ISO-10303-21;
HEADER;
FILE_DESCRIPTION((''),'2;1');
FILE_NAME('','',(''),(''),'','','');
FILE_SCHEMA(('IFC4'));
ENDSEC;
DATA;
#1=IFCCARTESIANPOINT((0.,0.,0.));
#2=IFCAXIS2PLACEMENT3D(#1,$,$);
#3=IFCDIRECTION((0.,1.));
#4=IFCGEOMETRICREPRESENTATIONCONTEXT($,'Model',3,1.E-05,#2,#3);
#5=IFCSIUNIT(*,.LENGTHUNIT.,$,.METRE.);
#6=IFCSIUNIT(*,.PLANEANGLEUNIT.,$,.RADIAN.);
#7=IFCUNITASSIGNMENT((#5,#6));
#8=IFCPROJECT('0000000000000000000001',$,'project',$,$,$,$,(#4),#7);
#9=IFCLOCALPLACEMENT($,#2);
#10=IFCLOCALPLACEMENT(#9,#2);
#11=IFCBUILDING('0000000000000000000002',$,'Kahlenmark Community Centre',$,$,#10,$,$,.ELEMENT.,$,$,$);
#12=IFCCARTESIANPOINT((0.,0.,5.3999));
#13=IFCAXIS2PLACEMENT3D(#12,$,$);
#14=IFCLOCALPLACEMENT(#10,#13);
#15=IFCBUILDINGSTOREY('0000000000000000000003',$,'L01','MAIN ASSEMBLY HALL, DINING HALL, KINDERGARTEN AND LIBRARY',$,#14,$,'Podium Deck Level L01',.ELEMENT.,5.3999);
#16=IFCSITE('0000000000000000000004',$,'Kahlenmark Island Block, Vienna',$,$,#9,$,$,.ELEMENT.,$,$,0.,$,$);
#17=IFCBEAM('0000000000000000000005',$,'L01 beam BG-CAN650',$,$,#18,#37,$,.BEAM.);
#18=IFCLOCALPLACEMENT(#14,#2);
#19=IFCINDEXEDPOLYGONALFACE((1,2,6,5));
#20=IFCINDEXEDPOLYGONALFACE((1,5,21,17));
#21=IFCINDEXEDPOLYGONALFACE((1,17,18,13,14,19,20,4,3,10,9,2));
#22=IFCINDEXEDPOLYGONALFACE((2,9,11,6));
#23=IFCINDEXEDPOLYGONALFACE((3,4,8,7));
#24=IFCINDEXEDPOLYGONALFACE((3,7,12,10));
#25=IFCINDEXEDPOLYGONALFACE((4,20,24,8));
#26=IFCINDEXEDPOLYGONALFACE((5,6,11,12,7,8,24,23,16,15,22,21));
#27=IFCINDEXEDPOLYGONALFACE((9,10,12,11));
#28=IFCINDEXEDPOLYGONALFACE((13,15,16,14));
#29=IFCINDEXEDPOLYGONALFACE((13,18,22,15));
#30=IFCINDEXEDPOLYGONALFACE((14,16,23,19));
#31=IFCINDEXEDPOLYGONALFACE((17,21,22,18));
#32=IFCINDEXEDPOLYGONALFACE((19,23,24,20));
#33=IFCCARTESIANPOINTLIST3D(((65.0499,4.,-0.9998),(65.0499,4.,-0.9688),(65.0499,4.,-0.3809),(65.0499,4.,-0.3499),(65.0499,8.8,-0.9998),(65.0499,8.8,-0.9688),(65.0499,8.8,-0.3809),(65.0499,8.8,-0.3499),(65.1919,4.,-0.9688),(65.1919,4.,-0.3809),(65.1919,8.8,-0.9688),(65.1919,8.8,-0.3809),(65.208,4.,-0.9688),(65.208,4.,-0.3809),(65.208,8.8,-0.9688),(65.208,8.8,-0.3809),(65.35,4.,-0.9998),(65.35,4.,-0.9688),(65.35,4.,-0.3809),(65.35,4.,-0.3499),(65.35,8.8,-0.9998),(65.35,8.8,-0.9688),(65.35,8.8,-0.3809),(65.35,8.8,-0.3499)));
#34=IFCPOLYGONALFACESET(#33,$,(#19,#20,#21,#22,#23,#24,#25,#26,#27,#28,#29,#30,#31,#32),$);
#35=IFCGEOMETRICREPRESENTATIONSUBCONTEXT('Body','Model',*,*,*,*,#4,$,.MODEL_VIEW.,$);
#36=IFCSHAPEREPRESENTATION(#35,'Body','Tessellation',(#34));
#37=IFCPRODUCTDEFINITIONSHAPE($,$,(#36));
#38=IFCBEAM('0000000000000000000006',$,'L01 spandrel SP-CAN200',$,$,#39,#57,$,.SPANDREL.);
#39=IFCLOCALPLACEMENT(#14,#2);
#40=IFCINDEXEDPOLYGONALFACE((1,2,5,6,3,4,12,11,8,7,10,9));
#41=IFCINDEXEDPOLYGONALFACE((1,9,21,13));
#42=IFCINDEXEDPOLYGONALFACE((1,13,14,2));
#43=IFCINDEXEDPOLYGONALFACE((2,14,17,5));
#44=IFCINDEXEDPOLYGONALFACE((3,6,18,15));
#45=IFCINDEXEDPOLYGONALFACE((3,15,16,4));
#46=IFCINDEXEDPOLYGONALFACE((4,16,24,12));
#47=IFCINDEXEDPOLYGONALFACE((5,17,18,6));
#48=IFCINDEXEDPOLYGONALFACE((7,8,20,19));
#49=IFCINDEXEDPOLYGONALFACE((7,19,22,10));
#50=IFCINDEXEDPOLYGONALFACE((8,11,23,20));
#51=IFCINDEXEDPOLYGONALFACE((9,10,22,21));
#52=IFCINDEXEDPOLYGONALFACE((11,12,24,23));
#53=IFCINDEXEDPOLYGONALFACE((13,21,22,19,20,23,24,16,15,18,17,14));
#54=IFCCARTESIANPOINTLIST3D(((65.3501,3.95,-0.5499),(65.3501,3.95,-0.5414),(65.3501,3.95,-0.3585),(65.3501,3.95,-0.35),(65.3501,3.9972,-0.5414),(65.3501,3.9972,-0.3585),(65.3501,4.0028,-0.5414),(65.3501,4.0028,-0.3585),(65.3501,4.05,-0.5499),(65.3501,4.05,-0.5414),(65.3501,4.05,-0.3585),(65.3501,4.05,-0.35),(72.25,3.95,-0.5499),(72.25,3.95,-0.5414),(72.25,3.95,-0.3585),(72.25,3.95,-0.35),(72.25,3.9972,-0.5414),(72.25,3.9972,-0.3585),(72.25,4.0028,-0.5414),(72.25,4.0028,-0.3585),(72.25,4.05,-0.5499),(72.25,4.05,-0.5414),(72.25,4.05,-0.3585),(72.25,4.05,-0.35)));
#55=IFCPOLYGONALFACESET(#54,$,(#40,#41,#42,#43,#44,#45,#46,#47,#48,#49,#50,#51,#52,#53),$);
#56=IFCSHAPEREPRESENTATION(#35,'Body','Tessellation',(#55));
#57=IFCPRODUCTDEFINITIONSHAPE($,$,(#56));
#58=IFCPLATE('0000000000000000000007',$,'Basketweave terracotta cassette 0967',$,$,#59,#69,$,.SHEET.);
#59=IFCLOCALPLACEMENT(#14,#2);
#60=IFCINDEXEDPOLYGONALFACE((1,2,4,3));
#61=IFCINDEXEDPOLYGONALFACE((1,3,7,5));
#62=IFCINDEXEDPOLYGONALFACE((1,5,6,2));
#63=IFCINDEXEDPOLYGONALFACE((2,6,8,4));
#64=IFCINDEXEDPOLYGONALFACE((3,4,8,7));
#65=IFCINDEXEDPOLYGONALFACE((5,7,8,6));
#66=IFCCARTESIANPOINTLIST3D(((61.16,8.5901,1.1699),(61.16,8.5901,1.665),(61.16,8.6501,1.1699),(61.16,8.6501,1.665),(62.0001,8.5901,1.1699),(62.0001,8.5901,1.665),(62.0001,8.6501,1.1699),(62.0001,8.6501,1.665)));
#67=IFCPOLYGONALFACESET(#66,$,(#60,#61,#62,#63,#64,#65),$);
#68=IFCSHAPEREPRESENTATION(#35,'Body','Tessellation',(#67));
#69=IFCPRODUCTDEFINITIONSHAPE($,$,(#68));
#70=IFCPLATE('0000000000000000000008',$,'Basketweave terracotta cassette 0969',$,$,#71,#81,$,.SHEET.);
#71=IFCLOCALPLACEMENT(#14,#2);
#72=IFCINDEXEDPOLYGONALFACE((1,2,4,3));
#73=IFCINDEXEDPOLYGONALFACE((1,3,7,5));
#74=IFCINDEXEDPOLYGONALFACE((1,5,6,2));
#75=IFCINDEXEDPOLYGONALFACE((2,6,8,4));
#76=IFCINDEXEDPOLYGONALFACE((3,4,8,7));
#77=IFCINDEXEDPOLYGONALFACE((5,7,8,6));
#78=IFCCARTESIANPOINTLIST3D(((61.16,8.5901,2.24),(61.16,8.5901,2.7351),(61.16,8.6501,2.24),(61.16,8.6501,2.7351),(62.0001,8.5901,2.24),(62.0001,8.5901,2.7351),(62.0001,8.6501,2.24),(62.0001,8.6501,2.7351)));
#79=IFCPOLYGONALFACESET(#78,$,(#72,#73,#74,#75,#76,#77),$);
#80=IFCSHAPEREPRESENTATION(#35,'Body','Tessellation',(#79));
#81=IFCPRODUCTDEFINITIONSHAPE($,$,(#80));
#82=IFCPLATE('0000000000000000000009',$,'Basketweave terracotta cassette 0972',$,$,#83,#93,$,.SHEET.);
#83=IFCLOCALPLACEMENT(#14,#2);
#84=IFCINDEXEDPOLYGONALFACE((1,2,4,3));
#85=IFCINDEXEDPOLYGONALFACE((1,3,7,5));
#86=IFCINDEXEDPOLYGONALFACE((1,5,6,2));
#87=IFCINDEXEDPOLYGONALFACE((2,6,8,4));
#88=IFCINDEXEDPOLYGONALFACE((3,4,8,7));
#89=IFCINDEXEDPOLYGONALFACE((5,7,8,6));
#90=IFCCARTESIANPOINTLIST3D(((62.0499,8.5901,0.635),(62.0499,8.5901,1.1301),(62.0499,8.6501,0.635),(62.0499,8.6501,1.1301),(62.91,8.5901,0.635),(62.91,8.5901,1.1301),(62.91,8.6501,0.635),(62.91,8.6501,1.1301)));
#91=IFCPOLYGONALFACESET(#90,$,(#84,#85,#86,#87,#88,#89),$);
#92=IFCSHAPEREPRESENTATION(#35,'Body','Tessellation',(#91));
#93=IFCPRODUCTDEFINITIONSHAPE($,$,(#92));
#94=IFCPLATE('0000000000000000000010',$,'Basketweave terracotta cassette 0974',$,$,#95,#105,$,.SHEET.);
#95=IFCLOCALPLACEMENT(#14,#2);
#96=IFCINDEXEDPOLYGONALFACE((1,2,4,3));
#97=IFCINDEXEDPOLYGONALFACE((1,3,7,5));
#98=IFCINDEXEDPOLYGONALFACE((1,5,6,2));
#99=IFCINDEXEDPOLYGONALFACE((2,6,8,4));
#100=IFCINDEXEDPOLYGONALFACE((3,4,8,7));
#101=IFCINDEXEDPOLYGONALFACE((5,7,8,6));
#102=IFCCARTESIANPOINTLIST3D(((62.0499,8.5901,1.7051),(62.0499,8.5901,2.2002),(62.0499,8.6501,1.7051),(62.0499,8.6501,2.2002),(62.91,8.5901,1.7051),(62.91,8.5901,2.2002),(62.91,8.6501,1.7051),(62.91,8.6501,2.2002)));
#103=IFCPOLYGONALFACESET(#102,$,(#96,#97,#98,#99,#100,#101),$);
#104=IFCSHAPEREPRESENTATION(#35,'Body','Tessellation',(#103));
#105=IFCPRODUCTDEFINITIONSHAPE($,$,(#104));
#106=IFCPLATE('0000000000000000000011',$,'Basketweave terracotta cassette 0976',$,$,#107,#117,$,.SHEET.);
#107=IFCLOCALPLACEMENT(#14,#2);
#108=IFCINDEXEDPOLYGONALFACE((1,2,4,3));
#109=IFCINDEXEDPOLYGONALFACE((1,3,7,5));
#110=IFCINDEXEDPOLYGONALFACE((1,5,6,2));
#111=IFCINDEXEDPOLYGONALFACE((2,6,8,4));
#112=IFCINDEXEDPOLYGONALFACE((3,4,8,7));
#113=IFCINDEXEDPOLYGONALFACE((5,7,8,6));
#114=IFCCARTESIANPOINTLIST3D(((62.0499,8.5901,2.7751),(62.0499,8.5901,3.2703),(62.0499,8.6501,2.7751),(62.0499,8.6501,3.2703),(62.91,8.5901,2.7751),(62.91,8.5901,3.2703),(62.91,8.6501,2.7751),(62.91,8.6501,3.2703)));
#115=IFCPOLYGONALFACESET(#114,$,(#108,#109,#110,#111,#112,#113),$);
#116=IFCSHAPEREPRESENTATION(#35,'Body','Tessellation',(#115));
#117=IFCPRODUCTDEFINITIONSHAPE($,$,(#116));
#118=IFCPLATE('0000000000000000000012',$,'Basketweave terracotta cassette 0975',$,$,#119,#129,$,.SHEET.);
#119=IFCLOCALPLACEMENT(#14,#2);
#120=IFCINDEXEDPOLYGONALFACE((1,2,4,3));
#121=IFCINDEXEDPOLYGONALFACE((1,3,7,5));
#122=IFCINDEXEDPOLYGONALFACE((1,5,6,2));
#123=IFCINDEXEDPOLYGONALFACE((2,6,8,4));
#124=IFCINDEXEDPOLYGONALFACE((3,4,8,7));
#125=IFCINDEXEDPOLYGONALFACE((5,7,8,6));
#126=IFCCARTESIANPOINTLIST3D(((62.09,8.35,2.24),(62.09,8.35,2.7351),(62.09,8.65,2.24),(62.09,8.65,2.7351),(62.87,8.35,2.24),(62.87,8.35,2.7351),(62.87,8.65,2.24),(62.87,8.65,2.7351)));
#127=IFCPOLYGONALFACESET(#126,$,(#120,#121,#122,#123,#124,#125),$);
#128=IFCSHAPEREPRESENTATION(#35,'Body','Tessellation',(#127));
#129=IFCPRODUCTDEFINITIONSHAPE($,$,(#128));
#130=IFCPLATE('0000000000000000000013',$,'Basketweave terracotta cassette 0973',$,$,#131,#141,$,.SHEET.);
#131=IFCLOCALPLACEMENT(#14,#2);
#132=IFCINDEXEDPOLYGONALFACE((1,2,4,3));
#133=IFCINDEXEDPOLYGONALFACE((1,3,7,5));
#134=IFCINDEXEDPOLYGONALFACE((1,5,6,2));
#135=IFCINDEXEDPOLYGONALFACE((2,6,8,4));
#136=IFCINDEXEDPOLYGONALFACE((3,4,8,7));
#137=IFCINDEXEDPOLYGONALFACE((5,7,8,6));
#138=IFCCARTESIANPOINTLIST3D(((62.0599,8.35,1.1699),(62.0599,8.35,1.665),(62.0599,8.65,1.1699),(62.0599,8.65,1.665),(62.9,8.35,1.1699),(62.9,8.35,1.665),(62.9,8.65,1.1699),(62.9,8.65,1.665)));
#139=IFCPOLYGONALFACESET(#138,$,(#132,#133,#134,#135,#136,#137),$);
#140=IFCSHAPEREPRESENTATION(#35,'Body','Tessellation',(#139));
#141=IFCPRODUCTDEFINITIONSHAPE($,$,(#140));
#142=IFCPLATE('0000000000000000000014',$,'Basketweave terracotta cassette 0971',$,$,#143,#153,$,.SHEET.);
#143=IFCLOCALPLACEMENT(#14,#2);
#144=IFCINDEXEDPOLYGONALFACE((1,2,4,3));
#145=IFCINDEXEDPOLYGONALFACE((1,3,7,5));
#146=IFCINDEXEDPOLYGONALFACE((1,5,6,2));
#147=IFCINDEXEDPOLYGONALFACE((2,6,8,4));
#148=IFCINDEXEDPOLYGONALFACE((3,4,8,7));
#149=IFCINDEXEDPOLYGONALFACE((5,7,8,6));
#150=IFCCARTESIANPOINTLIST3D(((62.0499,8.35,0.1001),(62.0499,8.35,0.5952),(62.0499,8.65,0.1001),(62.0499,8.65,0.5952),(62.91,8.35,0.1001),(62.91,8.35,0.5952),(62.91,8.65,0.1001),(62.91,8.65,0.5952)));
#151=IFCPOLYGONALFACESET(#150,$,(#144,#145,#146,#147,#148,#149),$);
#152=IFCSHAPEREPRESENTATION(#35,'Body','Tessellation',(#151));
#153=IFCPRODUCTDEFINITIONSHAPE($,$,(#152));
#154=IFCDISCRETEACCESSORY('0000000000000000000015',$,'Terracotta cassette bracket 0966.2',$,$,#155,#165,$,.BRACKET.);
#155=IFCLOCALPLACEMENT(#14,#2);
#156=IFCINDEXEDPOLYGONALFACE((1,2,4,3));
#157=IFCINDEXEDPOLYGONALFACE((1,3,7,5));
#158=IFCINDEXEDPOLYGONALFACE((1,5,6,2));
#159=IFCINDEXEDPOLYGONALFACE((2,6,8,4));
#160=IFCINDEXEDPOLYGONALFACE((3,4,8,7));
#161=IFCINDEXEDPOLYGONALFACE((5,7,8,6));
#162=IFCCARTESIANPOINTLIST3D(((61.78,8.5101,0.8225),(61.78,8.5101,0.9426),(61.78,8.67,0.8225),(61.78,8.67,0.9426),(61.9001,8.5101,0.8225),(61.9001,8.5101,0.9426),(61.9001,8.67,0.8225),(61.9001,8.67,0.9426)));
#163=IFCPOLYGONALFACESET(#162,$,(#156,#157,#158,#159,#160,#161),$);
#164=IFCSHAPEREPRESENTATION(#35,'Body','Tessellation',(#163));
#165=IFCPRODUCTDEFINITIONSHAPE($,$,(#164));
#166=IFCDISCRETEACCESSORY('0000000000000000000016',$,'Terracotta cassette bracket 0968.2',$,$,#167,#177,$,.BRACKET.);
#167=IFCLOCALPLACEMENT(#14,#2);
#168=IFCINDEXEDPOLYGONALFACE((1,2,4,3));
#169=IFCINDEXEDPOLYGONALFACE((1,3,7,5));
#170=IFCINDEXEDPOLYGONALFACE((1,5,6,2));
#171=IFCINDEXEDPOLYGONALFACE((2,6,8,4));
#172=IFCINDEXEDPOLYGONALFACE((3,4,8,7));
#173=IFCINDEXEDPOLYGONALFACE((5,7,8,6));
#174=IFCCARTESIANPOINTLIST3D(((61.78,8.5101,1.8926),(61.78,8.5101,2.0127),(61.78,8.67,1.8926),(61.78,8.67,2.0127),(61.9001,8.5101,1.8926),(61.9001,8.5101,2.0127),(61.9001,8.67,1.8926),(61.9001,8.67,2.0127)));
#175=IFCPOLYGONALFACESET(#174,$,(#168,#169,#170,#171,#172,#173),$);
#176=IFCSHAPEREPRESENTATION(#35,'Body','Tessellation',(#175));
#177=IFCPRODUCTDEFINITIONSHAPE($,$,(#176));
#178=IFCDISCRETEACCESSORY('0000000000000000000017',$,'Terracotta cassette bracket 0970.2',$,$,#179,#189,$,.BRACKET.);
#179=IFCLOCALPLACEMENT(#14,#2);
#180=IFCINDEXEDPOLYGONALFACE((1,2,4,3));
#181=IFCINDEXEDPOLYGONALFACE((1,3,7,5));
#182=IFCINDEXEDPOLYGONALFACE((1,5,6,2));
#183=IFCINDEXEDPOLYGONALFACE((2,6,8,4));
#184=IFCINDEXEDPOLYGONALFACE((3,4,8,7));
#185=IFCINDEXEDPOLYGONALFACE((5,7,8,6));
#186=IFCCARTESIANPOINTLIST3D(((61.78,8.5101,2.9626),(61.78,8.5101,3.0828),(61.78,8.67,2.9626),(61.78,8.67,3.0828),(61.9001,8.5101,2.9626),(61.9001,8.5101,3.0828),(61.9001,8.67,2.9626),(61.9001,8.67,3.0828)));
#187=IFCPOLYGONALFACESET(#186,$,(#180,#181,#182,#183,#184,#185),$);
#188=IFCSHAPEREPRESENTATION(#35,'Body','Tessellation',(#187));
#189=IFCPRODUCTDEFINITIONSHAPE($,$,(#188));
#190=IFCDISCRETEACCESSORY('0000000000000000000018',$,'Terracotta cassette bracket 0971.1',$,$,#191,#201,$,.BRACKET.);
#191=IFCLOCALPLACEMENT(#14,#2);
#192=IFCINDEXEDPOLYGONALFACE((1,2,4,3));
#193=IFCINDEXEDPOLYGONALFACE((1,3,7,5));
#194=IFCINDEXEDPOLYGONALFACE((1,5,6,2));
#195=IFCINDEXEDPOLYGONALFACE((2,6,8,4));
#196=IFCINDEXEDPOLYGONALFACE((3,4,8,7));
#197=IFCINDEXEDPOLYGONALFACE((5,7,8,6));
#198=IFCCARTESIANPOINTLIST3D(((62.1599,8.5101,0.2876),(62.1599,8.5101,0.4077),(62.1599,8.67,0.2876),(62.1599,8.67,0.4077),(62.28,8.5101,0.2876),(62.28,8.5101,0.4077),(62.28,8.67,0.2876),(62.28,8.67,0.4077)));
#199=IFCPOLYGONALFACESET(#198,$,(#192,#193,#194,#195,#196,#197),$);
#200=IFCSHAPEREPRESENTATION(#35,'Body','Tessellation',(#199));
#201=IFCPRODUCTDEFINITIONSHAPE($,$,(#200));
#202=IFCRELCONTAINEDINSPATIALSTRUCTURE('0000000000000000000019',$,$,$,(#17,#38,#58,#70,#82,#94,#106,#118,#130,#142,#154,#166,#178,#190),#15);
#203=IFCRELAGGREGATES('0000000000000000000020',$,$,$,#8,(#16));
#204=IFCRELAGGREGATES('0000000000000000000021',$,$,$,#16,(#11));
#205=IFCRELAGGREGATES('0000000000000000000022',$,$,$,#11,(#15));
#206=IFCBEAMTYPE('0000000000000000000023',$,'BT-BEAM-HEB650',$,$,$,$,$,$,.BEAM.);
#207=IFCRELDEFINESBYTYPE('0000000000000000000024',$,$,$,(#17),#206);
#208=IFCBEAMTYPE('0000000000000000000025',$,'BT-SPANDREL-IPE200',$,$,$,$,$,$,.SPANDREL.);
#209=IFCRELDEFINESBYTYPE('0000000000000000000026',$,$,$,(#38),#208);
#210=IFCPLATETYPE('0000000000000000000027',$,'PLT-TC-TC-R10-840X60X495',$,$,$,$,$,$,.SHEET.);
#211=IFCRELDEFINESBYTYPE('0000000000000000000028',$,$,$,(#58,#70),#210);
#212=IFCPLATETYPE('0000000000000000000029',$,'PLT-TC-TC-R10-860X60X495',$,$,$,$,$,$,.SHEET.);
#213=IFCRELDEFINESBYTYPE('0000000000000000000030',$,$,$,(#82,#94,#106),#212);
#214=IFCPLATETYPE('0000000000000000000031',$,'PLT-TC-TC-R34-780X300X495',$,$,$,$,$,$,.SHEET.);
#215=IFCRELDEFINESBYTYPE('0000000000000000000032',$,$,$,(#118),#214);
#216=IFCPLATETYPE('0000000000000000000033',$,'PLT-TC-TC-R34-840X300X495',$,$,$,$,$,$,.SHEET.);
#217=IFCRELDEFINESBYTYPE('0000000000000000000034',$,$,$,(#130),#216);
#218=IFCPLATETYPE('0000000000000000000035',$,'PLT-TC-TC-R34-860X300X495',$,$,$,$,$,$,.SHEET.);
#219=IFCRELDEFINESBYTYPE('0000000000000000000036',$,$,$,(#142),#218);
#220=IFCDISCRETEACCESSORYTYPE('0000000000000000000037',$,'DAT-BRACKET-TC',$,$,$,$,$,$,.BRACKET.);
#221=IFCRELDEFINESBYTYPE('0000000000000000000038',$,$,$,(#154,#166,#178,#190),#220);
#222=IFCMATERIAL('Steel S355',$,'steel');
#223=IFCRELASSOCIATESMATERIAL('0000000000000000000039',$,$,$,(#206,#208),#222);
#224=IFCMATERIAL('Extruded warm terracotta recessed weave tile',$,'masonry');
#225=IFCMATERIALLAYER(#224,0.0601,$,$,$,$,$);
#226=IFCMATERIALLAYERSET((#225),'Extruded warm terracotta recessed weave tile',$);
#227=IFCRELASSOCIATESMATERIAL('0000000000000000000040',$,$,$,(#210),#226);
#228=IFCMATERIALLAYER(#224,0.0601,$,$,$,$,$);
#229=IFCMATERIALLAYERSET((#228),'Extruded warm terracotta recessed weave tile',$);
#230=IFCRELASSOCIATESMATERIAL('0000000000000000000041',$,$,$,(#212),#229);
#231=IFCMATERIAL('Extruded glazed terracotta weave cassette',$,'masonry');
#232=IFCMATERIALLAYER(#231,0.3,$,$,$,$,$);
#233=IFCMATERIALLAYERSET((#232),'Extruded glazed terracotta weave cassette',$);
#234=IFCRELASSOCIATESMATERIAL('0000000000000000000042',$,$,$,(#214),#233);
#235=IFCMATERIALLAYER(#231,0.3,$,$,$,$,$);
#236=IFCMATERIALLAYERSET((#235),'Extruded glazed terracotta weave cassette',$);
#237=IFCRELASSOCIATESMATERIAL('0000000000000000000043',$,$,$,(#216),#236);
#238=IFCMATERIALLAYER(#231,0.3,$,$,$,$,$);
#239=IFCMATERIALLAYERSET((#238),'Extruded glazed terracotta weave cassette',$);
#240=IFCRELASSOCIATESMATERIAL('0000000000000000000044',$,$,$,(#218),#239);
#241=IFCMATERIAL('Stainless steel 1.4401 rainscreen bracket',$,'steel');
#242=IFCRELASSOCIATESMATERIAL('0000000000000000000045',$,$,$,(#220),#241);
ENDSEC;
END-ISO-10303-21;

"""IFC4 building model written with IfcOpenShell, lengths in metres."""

from ifc_helpers import new_model, si_unit, direction, frame, origin, origin_2d, place, context, subcontext, project, spatial, rectangle, i_section, extrude, material, layer, layer_set, material_profile, profile_set, type_object, element, save


model = new_model("IFC4")

# Units and contexts
model_context = context("Model", 3, precision=1e-05, world=origin(), true_north=direction((0.0, 1.0)))
body_context = subcontext(model_context, "Body", "Model", "MODEL_VIEW")
ifc_project = project(units=[si_unit("LENGTHUNIT", "METRE"), si_unit("PLANEANGLEUNIT", "RADIAN")], contexts=[model_context])

# Site, building, storey
site_placement = place(None, origin())
site = spatial("IfcSite", under=ifc_project, at=site_placement, Name="Kahlenmark Island Block, Vienna", CompositionType="ELEMENT", RefElevation=0.0)
building_placement = place(site_placement, origin())
building = spatial("IfcBuilding", under=site, at=building_placement, Name="Kahlenmark Community Centre", CompositionType="ELEMENT")
storey_placement = place(building_placement, frame((0.0, 0.0, 5.3999)))
storey = spatial("IfcBuildingStorey", under=building, at=storey_placement, Name="L01", Description="MAIN ASSEMBLY HALL, DINING HALL, KINDERGARTEN AND LIBRARY", LongName="Podium Deck Level L01", CompositionType="ELEMENT", Elevation=5.3999)

# Beams
ifc_material_1 = material(Name="Steel S355", Category="steel")
ifc_material_profile_1 = material_profile(ifc_material_1, i_section(OverallWidth=0.3, OverallDepth=0.6499, WebThickness=0.0161, FlangeThickness=0.031, at=origin_2d()), Name="HEB 650")
ifc_profile_set_1 = profile_set([ifc_material_profile_1], Name="Steel S355")
beam_type_1 = type_object("IfcBeamType", Name="BT-BEAM-HEB650", PredefinedType="BEAM", material=ifc_profile_set_1)
beam_1_placement = place(storey_placement, frame((65.2, 4.0, -0.6748), z_axis=(0.0, 1.0, 0.0), x_axis=(-1.0, 0.0, 0.0)))
element("IfcBeam", 1, at=beam_1_placement, inside=storey, type_object=beam_type_1, Name="L01 beam BG-CAN650", PredefinedType="BEAM", context=body_context, shape_type="SweptSolid", body=[
    extrude(i_section(OverallWidth=0.3, OverallDepth=0.6499, WebThickness=0.0161, FlangeThickness=0.031, at=origin_2d()), origin(), (0.0, 0.0, 1.0), 4.8),
])
ifc_material_profile_2 = material_profile(ifc_material_1, i_section(OverallWidth=0.1001, OverallDepth=0.2, WebThickness=0.0056, FlangeThickness=0.0085, at=origin_2d()), Name="IPE 200")
ifc_profile_set_2 = profile_set([ifc_material_profile_2], Name="Steel S355")
beam_type_2 = type_object("IfcBeamType", Name="BT-SPANDREL-IPE200", PredefinedType="SPANDREL", material=ifc_profile_set_2)
beam_2_placement = place(storey_placement, frame((65.3501, 4.0, -0.45), z_axis=(1.0, 0.0, 0.0), x_axis=(0.0, 1.0, 0.0)))
element("IfcBeam", 2, at=beam_2_placement, inside=storey, type_object=beam_type_2, Name="L01 spandrel SP-CAN200", PredefinedType="SPANDREL", context=body_context, shape_type="SweptSolid", body=[
    extrude(i_section(OverallWidth=0.1001, OverallDepth=0.2, WebThickness=0.0056, FlangeThickness=0.0085, at=origin_2d()), origin(), (0.0, 0.0, 1.0), 6.8999),
])

# Plates
ifc_material_2 = material(Name="Extruded warm terracotta recessed weave tile", Category="masonry")
ifc_layer_1 = layer(ifc_material_2, 0.0601)
ifc_layer_set_1 = layer_set([ifc_layer_1], Name="Extruded warm terracotta recessed weave tile")
plate_type_1 = type_object("IfcPlateType", Name="PLT-TC-TC-R10-840X60X495", PredefinedType="SHEET", material=ifc_layer_set_1)
for number, where, z_axis, x_axis, name in (
    (3, (61.5801, 8.6201, 1.1699), (0.0, 0.0, 1.0), (1.0, 0.0, 0.0), "Basketweave terracotta cassette 0967"),
    (4, (61.5801, 8.6201, 2.24), (0.0, 0.0, 1.0), (1.0, 0.0, 0.0), "Basketweave terracotta cassette 0969"),
):
    element("IfcPlate", number, at=place(storey_placement, frame(where, z_axis=z_axis, x_axis=x_axis)), inside=storey, type_object=plate_type_1, Name=name, PredefinedType="SHEET", context=body_context, shape_type="SweptSolid", body=[
        extrude(rectangle(XDim=0.8401, YDim=0.0601, at=origin_2d()), origin(), (0.0, 0.0, 1.0), 0.4951),
    ])
ifc_layer_2 = layer(ifc_material_2, 0.0601)
ifc_layer_set_2 = layer_set([ifc_layer_2], Name="Extruded warm terracotta recessed weave tile")
plate_type_2 = type_object("IfcPlateType", Name="PLT-TC-TC-R10-860X60X495", PredefinedType="SHEET", material=ifc_layer_set_2)
for number, where, z_axis, x_axis, name in (
    (5, (62.48, 8.6201, 0.635), (0.0, 0.0, 1.0), (1.0, 0.0, 0.0), "Basketweave terracotta cassette 0972"),
    (6, (62.48, 8.6201, 1.7051), (0.0, 0.0, 1.0), (1.0, 0.0, 0.0), "Basketweave terracotta cassette 0974"),
    (7, (62.48, 8.6201, 2.7751), (0.0, 0.0, 1.0), (1.0, 0.0, 0.0), "Basketweave terracotta cassette 0976"),
):
    element("IfcPlate", number, at=place(storey_placement, frame(where, z_axis=z_axis, x_axis=x_axis)), inside=storey, type_object=plate_type_2, Name=name, PredefinedType="SHEET", context=body_context, shape_type="SweptSolid", body=[
        extrude(rectangle(XDim=0.8601, YDim=0.0601, at=origin_2d()), origin(), (0.0, 0.0, 1.0), 0.4951),
    ])
ifc_material_3 = material(Name="Extruded glazed terracotta weave cassette", Category="masonry")
ifc_layer_3 = layer(ifc_material_3, 0.3)
ifc_layer_set_3 = layer_set([ifc_layer_3], Name="Extruded glazed terracotta weave cassette")
plate_type_3 = type_object("IfcPlateType", Name="PLT-TC-TC-R34-780X300X495", PredefinedType="SHEET", material=ifc_layer_set_3)
plate_1_placement = place(storey_placement, frame((62.48, 8.5, 2.24), z_axis=(0.0, 0.0, 1.0), x_axis=(1.0, 0.0, 0.0)))
element("IfcPlate", 8, at=plate_1_placement, inside=storey, type_object=plate_type_3, Name="Basketweave terracotta cassette 0975", PredefinedType="SHEET", context=body_context, shape_type="SweptSolid", body=[
    extrude(rectangle(XDim=0.78, YDim=0.3, at=origin_2d()), origin(), (0.0, 0.0, 1.0), 0.4951),
])
ifc_layer_4 = layer(ifc_material_3, 0.3)
ifc_layer_set_4 = layer_set([ifc_layer_4], Name="Extruded glazed terracotta weave cassette")
plate_type_4 = type_object("IfcPlateType", Name="PLT-TC-TC-R34-840X300X495", PredefinedType="SHEET", material=ifc_layer_set_4)
plate_2_placement = place(storey_placement, frame((62.48, 8.5, 1.1699), z_axis=(0.0, 0.0, 1.0), x_axis=(1.0, 0.0, 0.0)))
element("IfcPlate", 9, at=plate_2_placement, inside=storey, type_object=plate_type_4, Name="Basketweave terracotta cassette 0973", PredefinedType="SHEET", context=body_context, shape_type="SweptSolid", body=[
    extrude(rectangle(XDim=0.8401, YDim=0.3, at=origin_2d()), origin(), (0.0, 0.0, 1.0), 0.4951),
])
ifc_layer_5 = layer(ifc_material_3, 0.3)
ifc_layer_set_5 = layer_set([ifc_layer_5], Name="Extruded glazed terracotta weave cassette")
plate_type_5 = type_object("IfcPlateType", Name="PLT-TC-TC-R34-860X300X495", PredefinedType="SHEET", material=ifc_layer_set_5)
plate_3_placement = place(storey_placement, frame((62.48, 8.5, 0.1001), z_axis=(0.0, 0.0, 1.0), x_axis=(1.0, 0.0, 0.0)))
element("IfcPlate", 10, at=plate_3_placement, inside=storey, type_object=plate_type_5, Name="Basketweave terracotta cassette 0971", PredefinedType="SHEET", context=body_context, shape_type="SweptSolid", body=[
    extrude(rectangle(XDim=0.8601, YDim=0.3, at=origin_2d()), origin(), (0.0, 0.0, 1.0), 0.4951),
])

# Discrete accessories
ifc_material_4 = material(Name="Stainless steel 1.4401 rainscreen bracket", Category="steel")
discrete_accessory_type = type_object("IfcDiscreteAccessoryType", Name="DAT-BRACKET-TC", PredefinedType="BRACKET", material=ifc_material_4)
for number, where, z_axis, x_axis, name in (
    (11, (61.8401, 8.5901, 0.8225), (0.0, 0.0, 1.0), (1.0, 0.0, 0.0), "Terracotta cassette bracket 0966.2"),
    (12, (61.8401, 8.5901, 1.8926), (0.0, 0.0, 1.0), (1.0, 0.0, 0.0), "Terracotta cassette bracket 0968.2"),
    (13, (61.8401, 8.5901, 2.9626), (0.0, 0.0, 1.0), (1.0, 0.0, 0.0), "Terracotta cassette bracket 0970.2"),
    (14, (62.22, 8.5901, 0.2876), (0.0, 0.0, 1.0), (1.0, 0.0, 0.0), "Terracotta cassette bracket 0971.1"),
):
    element("IfcDiscreteAccessory", number, at=place(storey_placement, frame(where, z_axis=z_axis, x_axis=x_axis)), inside=storey, type_object=discrete_accessory_type, Name=name, PredefinedType="BRACKET", context=body_context, shape_type="SweptSolid", body=[
        extrude(rectangle(XDim=0.1201, YDim=0.1599, at=origin_2d()), origin(), (0.0, 0.0, 1.0), 0.1201),
    ])

save(model, "model.ifc")
